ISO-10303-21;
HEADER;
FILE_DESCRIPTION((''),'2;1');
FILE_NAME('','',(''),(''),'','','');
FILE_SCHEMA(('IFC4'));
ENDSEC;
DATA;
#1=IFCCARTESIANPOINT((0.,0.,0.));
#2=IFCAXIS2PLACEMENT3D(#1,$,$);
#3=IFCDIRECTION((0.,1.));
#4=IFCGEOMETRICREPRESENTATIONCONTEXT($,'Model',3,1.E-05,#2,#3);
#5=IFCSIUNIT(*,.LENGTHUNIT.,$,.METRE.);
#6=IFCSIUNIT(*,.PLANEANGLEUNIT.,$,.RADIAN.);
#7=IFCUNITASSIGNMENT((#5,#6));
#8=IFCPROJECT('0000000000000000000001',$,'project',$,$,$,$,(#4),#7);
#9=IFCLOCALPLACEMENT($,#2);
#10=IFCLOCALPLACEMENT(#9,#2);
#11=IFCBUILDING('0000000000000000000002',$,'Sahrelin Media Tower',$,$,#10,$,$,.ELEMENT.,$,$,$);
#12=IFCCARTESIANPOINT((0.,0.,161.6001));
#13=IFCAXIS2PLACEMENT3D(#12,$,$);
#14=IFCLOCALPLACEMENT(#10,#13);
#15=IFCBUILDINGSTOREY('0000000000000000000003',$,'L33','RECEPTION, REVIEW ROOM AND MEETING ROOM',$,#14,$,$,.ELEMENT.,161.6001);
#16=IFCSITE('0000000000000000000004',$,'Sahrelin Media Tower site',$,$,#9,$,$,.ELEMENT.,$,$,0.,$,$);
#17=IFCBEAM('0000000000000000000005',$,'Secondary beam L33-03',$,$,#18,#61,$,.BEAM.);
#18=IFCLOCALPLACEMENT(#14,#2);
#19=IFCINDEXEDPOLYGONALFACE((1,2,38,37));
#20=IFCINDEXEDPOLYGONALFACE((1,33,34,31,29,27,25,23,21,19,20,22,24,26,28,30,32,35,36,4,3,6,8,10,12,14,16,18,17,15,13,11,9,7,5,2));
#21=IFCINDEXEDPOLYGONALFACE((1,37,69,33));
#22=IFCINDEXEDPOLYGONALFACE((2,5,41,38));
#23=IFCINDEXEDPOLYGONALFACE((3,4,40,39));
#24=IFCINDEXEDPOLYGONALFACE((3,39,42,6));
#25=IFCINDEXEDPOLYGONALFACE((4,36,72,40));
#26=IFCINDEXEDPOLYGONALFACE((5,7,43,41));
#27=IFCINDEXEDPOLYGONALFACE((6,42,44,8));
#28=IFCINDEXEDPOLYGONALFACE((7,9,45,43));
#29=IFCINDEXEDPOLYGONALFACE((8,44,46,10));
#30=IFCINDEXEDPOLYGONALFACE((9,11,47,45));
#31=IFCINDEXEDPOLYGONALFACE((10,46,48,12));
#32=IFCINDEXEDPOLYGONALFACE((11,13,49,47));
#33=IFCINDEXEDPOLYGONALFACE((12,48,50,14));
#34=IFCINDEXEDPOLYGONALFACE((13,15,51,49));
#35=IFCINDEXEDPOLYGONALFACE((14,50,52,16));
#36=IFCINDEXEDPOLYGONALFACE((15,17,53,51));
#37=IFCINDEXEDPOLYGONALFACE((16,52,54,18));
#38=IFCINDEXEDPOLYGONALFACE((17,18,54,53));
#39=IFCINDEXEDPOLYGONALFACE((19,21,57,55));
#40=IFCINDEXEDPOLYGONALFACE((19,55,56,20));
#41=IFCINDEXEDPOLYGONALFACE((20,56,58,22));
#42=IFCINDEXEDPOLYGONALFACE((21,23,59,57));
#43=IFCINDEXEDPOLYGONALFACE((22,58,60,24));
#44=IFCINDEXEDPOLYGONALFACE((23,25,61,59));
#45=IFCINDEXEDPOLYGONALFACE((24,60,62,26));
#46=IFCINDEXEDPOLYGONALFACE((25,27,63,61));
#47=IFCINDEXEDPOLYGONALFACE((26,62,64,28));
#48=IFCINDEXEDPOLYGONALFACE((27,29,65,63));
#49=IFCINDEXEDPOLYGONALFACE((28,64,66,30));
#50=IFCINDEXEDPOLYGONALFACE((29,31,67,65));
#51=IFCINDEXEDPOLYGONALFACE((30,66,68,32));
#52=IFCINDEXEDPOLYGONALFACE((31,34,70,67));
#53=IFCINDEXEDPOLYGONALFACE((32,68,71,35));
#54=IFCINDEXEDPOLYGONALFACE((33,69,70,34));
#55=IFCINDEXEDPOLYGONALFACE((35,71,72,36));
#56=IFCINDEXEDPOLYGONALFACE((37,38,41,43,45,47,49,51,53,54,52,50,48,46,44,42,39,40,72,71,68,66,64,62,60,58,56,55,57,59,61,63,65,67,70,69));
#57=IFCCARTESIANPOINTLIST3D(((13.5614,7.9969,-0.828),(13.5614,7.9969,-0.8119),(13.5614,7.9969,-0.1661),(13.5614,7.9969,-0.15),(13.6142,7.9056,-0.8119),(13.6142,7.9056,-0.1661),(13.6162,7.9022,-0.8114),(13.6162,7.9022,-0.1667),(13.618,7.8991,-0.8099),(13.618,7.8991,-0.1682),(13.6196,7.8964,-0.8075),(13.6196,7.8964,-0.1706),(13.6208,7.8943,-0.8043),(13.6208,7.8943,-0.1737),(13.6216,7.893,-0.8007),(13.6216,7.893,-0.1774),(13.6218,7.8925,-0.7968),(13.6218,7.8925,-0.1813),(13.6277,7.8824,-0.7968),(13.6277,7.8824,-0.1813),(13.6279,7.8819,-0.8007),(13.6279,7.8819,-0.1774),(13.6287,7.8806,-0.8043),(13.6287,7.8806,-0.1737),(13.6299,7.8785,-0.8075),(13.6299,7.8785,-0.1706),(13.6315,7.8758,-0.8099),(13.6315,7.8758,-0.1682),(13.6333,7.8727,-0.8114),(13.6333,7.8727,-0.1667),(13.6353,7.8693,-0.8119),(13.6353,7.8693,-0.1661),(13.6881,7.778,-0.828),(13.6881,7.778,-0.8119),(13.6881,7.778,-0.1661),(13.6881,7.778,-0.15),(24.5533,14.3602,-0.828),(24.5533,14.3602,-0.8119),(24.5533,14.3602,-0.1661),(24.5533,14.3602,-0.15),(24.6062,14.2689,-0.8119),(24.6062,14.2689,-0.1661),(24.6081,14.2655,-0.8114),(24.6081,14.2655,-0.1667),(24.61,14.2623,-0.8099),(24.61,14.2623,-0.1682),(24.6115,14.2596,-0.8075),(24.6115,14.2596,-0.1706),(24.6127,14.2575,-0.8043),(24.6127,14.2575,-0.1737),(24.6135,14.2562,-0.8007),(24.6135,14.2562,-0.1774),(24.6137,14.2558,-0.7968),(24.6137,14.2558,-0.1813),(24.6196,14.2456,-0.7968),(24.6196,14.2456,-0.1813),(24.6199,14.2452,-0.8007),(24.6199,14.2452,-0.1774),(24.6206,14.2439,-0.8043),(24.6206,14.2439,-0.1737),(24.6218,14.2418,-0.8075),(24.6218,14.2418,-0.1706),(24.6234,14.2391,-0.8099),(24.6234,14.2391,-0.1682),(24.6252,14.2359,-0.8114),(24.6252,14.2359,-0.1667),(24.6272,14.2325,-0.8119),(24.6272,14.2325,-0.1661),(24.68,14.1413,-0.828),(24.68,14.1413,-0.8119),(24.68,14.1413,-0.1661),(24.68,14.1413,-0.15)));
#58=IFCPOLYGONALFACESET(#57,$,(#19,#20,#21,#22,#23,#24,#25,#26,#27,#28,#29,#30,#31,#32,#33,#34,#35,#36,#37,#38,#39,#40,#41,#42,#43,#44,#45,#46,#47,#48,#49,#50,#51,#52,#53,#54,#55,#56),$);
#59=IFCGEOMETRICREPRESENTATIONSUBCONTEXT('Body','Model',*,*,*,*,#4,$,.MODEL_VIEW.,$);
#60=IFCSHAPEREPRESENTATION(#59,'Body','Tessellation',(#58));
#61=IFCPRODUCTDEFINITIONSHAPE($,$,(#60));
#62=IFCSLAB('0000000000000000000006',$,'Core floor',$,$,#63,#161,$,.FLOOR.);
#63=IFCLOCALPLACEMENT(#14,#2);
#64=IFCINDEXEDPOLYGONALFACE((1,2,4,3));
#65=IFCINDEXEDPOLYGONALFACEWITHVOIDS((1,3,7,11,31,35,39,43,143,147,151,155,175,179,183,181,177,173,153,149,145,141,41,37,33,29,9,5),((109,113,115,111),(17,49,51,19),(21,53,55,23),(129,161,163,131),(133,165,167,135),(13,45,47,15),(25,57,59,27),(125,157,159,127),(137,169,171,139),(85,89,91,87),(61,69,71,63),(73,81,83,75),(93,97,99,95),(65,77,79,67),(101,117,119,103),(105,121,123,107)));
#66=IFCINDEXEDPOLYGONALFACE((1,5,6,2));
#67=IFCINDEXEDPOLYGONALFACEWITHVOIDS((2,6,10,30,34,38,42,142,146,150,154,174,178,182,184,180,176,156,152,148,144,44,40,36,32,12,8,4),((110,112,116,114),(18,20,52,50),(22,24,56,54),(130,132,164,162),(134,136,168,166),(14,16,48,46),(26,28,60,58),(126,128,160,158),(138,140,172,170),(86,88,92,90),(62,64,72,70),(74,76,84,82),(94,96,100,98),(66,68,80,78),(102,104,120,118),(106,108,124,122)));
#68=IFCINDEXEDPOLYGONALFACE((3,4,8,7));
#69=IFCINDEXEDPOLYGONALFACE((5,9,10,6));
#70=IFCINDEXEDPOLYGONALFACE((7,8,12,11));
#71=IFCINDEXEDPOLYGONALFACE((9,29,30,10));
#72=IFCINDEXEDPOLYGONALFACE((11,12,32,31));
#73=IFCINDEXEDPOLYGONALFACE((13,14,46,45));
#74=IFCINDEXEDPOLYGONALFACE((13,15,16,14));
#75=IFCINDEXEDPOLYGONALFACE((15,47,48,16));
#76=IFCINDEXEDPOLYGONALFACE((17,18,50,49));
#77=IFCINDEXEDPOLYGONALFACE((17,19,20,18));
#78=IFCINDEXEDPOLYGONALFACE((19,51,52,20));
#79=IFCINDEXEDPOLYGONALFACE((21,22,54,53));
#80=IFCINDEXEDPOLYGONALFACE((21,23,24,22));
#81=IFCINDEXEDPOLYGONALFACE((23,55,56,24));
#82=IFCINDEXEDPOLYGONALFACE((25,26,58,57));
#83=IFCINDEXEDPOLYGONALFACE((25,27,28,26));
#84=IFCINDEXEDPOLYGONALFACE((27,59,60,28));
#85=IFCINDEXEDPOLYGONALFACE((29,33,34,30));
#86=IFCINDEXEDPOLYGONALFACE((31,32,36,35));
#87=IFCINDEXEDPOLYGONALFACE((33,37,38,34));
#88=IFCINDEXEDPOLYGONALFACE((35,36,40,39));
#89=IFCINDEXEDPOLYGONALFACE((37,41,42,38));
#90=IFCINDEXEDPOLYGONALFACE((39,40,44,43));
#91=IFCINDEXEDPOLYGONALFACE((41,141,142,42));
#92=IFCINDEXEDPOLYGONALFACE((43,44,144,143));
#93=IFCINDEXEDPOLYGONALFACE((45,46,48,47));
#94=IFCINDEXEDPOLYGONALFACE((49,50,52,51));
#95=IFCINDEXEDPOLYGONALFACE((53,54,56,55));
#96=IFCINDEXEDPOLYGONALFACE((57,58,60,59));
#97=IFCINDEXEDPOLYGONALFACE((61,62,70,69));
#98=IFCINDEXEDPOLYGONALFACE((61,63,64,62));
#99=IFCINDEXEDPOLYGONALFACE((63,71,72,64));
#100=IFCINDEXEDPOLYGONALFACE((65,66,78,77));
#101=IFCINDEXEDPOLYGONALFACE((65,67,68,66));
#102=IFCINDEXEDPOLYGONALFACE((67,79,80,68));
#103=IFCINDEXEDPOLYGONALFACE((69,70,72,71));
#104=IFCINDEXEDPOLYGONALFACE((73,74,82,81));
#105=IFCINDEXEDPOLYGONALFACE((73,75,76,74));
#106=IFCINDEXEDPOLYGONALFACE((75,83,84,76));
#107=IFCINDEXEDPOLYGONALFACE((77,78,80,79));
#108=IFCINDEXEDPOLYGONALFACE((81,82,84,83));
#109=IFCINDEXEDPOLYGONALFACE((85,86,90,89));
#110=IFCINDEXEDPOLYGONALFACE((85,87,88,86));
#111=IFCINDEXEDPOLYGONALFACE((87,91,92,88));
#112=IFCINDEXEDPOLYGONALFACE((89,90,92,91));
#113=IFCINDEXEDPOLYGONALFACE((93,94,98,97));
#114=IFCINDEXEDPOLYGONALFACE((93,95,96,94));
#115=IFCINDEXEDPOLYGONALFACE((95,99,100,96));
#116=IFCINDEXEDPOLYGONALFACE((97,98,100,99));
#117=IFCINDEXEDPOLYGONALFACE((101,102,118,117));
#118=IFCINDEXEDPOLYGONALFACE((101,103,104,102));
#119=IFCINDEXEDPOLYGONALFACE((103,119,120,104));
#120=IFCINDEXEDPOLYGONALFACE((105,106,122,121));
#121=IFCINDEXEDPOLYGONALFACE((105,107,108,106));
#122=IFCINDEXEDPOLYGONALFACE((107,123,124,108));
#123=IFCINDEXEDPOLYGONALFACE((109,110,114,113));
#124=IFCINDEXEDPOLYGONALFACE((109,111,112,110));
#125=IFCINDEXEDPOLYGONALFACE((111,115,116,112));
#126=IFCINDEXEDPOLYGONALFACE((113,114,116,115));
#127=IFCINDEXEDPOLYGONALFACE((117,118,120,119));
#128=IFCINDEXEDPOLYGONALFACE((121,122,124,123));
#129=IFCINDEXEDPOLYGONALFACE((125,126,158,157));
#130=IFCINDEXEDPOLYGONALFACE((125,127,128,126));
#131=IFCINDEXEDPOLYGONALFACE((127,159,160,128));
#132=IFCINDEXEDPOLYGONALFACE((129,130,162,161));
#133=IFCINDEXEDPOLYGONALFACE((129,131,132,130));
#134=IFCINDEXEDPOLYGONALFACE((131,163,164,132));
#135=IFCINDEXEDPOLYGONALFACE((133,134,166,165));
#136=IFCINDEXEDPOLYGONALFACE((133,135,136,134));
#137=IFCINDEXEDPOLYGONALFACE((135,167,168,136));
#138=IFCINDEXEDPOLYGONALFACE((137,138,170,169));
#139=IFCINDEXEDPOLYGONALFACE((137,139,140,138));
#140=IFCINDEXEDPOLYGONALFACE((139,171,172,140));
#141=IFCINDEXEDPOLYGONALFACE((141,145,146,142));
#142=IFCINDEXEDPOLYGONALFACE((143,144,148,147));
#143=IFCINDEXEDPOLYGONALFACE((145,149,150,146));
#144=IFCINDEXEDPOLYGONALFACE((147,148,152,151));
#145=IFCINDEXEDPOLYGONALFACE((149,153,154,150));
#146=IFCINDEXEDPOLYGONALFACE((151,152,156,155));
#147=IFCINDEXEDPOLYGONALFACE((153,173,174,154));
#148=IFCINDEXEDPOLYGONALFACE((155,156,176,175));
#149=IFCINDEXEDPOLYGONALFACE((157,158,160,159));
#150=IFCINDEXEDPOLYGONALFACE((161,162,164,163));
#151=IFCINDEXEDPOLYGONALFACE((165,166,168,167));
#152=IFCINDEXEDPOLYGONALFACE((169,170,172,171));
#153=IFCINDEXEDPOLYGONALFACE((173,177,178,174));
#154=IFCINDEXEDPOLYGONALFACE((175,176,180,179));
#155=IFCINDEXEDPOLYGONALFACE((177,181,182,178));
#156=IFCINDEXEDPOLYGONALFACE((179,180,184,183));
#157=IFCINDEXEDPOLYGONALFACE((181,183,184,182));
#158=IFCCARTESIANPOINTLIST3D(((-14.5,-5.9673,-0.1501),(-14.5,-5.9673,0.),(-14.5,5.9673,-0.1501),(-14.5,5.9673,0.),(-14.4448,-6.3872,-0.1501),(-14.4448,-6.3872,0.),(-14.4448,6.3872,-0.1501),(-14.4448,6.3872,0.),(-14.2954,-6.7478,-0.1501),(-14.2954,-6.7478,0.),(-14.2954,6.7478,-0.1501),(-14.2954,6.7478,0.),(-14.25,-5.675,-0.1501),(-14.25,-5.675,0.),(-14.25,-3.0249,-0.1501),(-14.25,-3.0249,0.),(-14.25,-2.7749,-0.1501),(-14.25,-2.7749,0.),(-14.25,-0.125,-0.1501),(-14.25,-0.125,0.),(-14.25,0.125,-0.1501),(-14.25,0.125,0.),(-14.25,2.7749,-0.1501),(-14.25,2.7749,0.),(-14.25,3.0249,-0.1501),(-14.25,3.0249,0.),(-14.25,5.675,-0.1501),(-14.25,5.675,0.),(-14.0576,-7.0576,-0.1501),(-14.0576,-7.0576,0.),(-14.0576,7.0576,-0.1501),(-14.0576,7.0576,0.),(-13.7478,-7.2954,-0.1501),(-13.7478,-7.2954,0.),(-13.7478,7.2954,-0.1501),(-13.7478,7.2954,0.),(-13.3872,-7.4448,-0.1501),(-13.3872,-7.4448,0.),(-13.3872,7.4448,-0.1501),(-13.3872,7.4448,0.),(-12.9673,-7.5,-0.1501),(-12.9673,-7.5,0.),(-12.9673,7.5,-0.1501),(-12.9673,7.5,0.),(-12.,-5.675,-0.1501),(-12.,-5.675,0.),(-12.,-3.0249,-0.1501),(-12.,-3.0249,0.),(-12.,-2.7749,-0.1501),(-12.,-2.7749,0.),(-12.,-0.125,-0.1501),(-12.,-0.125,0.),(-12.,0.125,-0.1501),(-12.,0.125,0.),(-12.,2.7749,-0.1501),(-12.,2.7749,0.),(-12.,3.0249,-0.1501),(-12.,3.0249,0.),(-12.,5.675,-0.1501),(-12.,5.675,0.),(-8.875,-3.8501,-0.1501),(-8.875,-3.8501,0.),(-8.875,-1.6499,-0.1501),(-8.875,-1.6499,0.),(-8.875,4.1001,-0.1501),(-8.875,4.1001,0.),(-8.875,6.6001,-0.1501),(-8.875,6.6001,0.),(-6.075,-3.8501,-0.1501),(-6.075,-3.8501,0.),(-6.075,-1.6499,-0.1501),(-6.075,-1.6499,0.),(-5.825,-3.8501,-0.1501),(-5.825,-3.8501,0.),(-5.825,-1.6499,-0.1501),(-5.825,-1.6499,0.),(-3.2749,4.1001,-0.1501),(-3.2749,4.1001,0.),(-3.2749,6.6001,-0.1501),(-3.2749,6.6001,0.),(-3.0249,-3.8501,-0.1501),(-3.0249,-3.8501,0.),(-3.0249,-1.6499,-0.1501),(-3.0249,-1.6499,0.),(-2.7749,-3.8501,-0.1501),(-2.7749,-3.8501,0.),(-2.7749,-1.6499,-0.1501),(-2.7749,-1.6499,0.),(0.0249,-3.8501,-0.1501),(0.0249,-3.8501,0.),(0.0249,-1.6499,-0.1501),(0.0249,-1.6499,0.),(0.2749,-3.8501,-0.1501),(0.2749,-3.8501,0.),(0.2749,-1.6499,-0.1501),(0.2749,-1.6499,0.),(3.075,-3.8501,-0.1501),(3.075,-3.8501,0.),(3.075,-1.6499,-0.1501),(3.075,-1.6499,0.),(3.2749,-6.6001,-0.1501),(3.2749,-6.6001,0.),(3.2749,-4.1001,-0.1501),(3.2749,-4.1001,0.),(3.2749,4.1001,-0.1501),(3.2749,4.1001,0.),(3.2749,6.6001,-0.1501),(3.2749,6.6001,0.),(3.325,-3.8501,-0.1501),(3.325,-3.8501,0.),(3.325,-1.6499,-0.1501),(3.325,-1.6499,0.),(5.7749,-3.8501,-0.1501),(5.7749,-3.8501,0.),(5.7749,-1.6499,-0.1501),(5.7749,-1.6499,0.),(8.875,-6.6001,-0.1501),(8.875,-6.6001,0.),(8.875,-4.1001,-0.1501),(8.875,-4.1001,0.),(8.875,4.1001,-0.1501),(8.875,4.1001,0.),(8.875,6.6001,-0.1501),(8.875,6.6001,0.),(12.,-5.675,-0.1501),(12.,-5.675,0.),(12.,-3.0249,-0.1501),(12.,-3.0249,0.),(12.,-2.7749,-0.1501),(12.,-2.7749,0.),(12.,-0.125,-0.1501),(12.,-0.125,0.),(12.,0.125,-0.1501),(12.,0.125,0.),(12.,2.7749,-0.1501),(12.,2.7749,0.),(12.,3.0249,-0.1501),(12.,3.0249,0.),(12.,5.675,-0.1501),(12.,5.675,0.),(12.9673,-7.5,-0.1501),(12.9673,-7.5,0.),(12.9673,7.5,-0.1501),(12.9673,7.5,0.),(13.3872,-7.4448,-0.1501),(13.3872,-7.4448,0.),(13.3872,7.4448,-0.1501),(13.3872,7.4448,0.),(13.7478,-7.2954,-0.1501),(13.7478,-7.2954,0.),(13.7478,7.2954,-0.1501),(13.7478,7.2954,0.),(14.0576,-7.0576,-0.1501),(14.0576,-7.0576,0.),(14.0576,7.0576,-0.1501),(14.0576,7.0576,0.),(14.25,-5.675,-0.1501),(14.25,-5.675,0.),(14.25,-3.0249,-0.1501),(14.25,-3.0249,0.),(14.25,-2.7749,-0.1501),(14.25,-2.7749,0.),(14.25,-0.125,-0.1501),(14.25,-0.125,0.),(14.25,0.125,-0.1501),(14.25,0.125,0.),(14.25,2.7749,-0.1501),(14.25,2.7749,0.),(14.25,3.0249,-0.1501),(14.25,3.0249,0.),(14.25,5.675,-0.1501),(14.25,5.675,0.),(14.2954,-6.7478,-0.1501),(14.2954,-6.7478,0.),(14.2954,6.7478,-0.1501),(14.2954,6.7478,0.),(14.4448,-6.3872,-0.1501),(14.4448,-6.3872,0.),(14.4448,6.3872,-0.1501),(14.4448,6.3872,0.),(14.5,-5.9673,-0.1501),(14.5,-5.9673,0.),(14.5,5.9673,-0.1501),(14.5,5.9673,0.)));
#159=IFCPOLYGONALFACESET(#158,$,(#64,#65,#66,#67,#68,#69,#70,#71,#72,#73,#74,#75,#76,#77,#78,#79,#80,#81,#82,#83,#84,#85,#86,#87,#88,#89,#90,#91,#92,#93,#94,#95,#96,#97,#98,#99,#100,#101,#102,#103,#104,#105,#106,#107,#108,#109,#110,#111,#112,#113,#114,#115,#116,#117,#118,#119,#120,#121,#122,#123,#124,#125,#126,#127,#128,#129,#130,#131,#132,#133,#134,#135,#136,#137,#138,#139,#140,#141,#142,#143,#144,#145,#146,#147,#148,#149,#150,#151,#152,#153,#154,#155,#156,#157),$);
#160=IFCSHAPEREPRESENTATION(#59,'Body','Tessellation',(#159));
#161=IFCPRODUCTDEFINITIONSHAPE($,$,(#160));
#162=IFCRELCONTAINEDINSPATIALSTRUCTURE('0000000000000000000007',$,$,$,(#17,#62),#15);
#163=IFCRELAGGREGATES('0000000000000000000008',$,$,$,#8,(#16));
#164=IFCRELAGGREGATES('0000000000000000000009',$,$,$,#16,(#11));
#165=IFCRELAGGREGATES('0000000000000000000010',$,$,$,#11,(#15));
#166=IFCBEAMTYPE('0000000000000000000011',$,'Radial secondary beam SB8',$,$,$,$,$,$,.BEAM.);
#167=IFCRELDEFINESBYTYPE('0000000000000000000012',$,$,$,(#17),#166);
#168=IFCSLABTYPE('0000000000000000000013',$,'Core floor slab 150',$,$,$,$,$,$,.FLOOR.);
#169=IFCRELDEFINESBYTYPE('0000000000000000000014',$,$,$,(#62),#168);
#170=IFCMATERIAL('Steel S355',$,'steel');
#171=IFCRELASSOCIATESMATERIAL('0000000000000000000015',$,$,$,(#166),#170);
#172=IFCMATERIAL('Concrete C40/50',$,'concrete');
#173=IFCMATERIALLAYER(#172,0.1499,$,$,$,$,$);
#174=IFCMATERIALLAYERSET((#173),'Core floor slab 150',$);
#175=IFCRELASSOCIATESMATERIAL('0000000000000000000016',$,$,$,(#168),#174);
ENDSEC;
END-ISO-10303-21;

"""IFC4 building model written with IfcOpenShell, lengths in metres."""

from ifc_helpers import new_model, si_unit, direction, frame, origin, origin_2d, place, context, subcontext, project, spatial, polyline, i_section, outline, extrude, material, layer, layer_set, material_profile, profile_set, type_object, element, save


model = new_model("IFC4")

# Units and contexts
model_context = context("Model", 3, precision=1e-05, world=origin(), true_north=direction((0.0, 1.0)))
body_context = subcontext(model_context, "Body", "Model", "MODEL_VIEW")
ifc_project = project(units=[si_unit("LENGTHUNIT", "METRE"), si_unit("PLANEANGLEUNIT", "RADIAN")], contexts=[model_context])

# Site, building, storey
site_placement = place(None, origin())
site = spatial("IfcSite", under=ifc_project, at=site_placement, Name="Sahrelin Media Tower site", CompositionType="ELEMENT", RefElevation=0.0)
building_placement = place(site_placement, origin())
building = spatial("IfcBuilding", under=site, at=building_placement, Name="Sahrelin Media Tower", CompositionType="ELEMENT")
storey_placement = place(building_placement, frame((0.0, 0.0, 161.6001)))
storey = spatial("IfcBuildingStorey", under=building, at=storey_placement, Name="L33", Description="RECEPTION, REVIEW ROOM AND MEETING ROOM", CompositionType="ELEMENT", Elevation=161.6001)

# Beam
ifc_material_1 = material(Name="Steel S355", Category="steel")
ifc_material_profile_1 = material_profile(ifc_material_1, i_section(OverallWidth=0.2529, OverallDepth=0.678, WebThickness=0.0117, FlangeThickness=0.0161, FilletRadius=0.0151, at=origin_2d()), Name="UB 686x254x125")
ifc_profile_set_1 = profile_set([ifc_material_profile_1], Name="Steel S355")
beam_type_1 = type_object("IfcBeamType", Name="Radial secondary beam SB8", PredefinedType="BEAM", material=ifc_profile_set_1)
beam_1_placement = place(storey_placement, frame((13.6248, 7.8875, -0.489), z_axis=(0.865443, 0.501008, 0.0), x_axis=(-0.501008, 0.865443, 0.0)))
element("IfcBeam", 1, at=beam_1_placement, inside=storey, type_object=beam_type_1, Name="Secondary beam L33-03", PredefinedType="BEAM", context=body_context, shape_type="SweptSolid", body=[
    extrude(i_section(OverallWidth=0.2529, OverallDepth=0.678, WebThickness=0.0117, FlangeThickness=0.0161, FilletRadius=0.0151, at=origin_2d()), origin(), (0.0, 0.0, 1.0), 12.7009),
])

# Slab
ifc_material_2 = material(Name="Concrete C40/50", Category="concrete")
ifc_layer_1 = layer(ifc_material_2, 0.1499)
ifc_layer_set_1 = layer_set([ifc_layer_1], Name="Core floor slab 150")
slab_type = type_object("IfcSlabType", Name="Core floor slab 150", PredefinedType="FLOOR", material=ifc_layer_set_1)
slab_placement = place(storey_placement, frame((0.0, 0.0, -0.1501)))
element("IfcSlab", 2, at=slab_placement, inside=storey, type_object=slab_type, Name="Core floor", PredefinedType="FLOOR", context=body_context, shape_type="SweptSolid", body=[
    extrude(outline(polyline([(-14.4448, 6.3872), (-14.5, 5.9673), (-14.5, -5.9673), (-14.4448, -6.3872), (-14.2954, -6.7478), (-14.0576, -7.0576), (-13.7478, -7.2954), (-13.3872, -7.4448), (-12.9673, -7.5), (12.9673, -7.5), (13.3872, -7.4448), (13.7478, -7.2954), (14.0576, -7.0576), (14.2954, -6.7478), (14.4448, -6.3872), (14.5, -5.9673), (14.5, 5.9673), (14.4448, 6.3872), (14.2954, 6.7478), (14.0576, 7.0576), (13.7478, 7.2954), (13.3872, 7.4448), (12.9673, 7.5), (-12.9673, 7.5), (-13.3872, 7.4448), (-13.7478, 7.2954), (-14.0576, 7.0576), (-14.2954, 6.7478), (-14.4448, 6.3872)]), holes=[polyline([(-12.0, 3.0249), (-12.0, 5.675), (-14.25, 5.675), (-14.25, 3.0249), (-12.0, 3.0249)]), polyline([(-14.25, 0.125), (-12.0, 0.125), (-12.0, 2.7749), (-14.25, 2.7749), (-14.25, 0.125)]), polyline([(-14.25, -0.125), (-14.25, -2.7749), (-12.0, -2.7749), (-12.0, -0.125), (-14.25, -0.125)]), polyline([(-12.0, -3.0249), (-14.25, -3.0249), (-14.25, -5.675), (-12.0, -5.675), (-12.0, -3.0249)]), polyline([(14.25, 3.0249), (14.25, 5.675), (12.0, 5.675), (12.0, 3.0249), (14.25, 3.0249)]), polyline([(12.0, 0.125), (14.25, 0.125), (14.25, 2.7749), (12.0, 2.7749), (12.0, 0.125)]), polyline([(12.0, -0.125), (12.0, -2.7749), (14.25, -2.7749), (14.25, -0.125), (12.0, -0.125)]), polyline([(14.25, -3.0249), (12.0, -3.0249), (12.0, -5.675), (14.25, -5.675), (14.25, -3.0249)]), polyline([(-6.075, -3.8501), (-6.075, -1.6499), (-8.875, -1.6499), (-8.875, -3.8501), (-6.075, -3.8501)]), polyline([(-5.825, -3.8501), (-3.0249, -3.8501), (-3.0249, -1.6499), (-5.825, -1.6499), (-5.825, -3.8501)]), polyline([(-2.7749, -1.6499), (-2.7749, -3.8501), (0.0249, -3.8501), (0.0249, -1.6499), (-2.7749, -1.6499)]), polyline([(3.075, -1.6499), (0.2749, -1.6499), (0.2749, -3.8501), (3.075, -3.8501), (3.075, -1.6499)]), polyline([(5.7749, -3.8501), (5.7749, -1.6499), (3.325, -1.6499), (3.325, -3.8501), (5.7749, -3.8501)]), polyline([(-8.875, 6.6001), (-8.875, 4.1001), (-3.2749, 4.1001), (-3.2749, 6.6001), (-8.875, 6.6001)]), polyline([(3.2749, 4.1001), (8.875, 4.1001), (8.875, 6.6001), (3.2749, 6.6001), (3.2749, 4.1001)]), polyline([(3.2749, -4.1001), (3.2749, -6.6001), (8.875, -6.6001), (8.875, -4.1001), (3.2749, -4.1001)])]), origin(), (0.0, 0.0, 1.0), 0.1501),
])

save(model, "model.ifc")
